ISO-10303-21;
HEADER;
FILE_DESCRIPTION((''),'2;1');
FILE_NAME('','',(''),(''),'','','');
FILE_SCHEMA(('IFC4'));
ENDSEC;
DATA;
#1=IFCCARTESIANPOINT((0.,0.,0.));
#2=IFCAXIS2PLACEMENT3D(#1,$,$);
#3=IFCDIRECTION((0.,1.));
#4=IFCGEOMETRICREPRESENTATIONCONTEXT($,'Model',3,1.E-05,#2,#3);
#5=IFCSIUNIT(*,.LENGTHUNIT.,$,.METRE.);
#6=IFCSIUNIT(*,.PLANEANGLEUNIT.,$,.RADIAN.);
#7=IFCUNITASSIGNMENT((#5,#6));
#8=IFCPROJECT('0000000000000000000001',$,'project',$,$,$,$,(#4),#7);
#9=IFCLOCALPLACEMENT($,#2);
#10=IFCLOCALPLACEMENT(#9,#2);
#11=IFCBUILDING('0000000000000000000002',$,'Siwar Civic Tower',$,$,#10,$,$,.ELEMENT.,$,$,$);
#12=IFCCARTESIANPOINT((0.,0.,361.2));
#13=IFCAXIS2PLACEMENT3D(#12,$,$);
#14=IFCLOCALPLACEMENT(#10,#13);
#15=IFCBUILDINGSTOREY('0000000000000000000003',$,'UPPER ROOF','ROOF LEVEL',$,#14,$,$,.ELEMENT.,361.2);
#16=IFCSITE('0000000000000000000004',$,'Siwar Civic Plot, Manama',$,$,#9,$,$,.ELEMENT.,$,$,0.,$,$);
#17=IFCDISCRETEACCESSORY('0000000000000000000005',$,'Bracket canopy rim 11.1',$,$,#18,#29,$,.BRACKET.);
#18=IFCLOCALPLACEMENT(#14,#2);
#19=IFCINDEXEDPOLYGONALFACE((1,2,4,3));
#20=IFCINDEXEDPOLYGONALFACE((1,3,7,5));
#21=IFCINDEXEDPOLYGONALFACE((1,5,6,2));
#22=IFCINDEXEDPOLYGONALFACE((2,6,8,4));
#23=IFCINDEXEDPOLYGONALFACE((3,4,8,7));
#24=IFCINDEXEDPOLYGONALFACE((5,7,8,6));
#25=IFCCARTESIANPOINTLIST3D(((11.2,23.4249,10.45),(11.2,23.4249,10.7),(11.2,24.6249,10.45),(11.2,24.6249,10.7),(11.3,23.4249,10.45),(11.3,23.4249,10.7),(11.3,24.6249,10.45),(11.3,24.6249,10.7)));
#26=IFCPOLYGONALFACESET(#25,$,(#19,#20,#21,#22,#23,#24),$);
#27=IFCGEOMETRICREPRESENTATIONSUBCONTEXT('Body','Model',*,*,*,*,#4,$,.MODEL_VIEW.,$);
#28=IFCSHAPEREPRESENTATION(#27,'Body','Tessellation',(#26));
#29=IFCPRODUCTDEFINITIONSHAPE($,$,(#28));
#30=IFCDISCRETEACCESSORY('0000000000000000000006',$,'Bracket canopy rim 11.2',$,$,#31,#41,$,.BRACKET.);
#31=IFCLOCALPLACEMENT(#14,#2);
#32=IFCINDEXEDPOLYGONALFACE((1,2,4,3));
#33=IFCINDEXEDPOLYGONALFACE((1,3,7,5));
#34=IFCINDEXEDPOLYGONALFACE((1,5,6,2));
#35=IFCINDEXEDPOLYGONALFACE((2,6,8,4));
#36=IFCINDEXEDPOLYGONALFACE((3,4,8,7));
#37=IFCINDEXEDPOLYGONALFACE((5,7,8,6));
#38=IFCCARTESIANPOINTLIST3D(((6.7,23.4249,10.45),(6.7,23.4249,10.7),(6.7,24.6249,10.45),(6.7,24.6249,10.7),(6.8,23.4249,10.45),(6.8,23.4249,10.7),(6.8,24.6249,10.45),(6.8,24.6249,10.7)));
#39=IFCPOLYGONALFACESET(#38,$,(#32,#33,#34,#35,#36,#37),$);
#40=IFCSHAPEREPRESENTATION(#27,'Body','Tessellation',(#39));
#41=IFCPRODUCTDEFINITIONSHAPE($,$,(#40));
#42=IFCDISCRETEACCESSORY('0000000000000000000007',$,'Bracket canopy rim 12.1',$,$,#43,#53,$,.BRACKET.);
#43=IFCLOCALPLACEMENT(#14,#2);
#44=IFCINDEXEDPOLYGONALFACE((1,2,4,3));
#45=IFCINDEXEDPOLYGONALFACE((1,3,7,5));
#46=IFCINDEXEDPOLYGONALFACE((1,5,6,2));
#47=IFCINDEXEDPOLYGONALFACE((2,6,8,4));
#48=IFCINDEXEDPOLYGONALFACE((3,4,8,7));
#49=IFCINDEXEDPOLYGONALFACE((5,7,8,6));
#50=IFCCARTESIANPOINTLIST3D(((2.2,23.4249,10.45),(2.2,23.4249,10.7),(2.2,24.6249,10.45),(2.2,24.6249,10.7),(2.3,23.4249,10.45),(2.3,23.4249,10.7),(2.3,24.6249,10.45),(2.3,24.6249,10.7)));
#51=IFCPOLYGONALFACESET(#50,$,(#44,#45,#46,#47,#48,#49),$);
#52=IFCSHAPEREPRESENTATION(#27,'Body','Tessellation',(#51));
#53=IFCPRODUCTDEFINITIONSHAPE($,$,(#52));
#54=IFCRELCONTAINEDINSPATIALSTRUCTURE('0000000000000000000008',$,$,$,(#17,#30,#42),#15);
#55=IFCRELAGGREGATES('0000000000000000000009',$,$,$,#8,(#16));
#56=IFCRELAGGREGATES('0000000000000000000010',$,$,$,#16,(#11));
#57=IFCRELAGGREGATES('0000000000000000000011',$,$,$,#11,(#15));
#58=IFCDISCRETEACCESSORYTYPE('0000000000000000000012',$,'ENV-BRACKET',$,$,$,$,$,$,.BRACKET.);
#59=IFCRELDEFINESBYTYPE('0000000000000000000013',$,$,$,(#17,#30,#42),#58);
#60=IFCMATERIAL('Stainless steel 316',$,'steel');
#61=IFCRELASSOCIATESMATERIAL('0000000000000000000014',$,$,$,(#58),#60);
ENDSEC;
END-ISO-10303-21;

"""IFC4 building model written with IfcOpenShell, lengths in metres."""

from ifc_helpers import new_model, si_unit, direction, frame, origin, origin_2d, place, context, subcontext, project, spatial, rectangle, extrude, material, type_object, element, save


model = new_model("IFC4")

# Units and contexts
model_context = context("Model", 3, precision=1e-05, world=origin(), true_north=direction((0.0, 1.0)))
body_context = subcontext(model_context, "Body", "Model", "MODEL_VIEW")
ifc_project = project(units=[si_unit("LENGTHUNIT", "METRE"), si_unit("PLANEANGLEUNIT", "RADIAN")], contexts=[model_context])

# Site, building, storey
site_placement = place(None, origin())
site = spatial("IfcSite", under=ifc_project, at=site_placement, Name="Siwar Civic Plot, Manama", CompositionType="ELEMENT", RefElevation=0.0)
building_placement = place(site_placement, origin())
building = spatial("IfcBuilding", under=site, at=building_placement, Name="Siwar Civic Tower", CompositionType="ELEMENT")
storey_placement = place(building_placement, frame((0.0, 0.0, 361.2)))
storey = spatial("IfcBuildingStorey", under=building, at=storey_placement, Name="UPPER ROOF", Description="ROOF LEVEL", CompositionType="ELEMENT", Elevation=361.2)

# Discrete accessories
ifc_material_1 = material(Name="Stainless steel 316", Category="steel")
discrete_accessory_type = type_object("IfcDiscreteAccessoryType", Name="ENV-BRACKET", PredefinedType="BRACKET", material=ifc_material_1)
for number, where, z_axis, x_axis, name in (
    (1, (11.25, 24.0249, 10.45), (0.0, 0.0, 1.0), (-1.0, 0.0, 0.0), "Bracket canopy rim 11.1"),
    (2, (6.75, 24.0249, 10.45), (0.0, 0.0, 1.0), (-1.0, 0.0, 0.0), "Bracket canopy rim 11.2"),
    (3, (2.25, 24.0249, 10.45), (0.0, 0.0, 1.0), (-1.0, 0.0, 0.0), "Bracket canopy rim 12.1"),
):
    element("IfcDiscreteAccessory", number, at=place(storey_placement, frame(where, z_axis=z_axis, x_axis=x_axis)), inside=storey, type_object=discrete_accessory_type, Name=name, PredefinedType="BRACKET", context=body_context, shape_type="SweptSolid", body=[
        extrude(rectangle(XDim=0.1001, YDim=1.2, at=origin_2d()), origin(), (0.0, 0.0, 1.0), 0.25),
    ])

save(model, "model.ifc")
